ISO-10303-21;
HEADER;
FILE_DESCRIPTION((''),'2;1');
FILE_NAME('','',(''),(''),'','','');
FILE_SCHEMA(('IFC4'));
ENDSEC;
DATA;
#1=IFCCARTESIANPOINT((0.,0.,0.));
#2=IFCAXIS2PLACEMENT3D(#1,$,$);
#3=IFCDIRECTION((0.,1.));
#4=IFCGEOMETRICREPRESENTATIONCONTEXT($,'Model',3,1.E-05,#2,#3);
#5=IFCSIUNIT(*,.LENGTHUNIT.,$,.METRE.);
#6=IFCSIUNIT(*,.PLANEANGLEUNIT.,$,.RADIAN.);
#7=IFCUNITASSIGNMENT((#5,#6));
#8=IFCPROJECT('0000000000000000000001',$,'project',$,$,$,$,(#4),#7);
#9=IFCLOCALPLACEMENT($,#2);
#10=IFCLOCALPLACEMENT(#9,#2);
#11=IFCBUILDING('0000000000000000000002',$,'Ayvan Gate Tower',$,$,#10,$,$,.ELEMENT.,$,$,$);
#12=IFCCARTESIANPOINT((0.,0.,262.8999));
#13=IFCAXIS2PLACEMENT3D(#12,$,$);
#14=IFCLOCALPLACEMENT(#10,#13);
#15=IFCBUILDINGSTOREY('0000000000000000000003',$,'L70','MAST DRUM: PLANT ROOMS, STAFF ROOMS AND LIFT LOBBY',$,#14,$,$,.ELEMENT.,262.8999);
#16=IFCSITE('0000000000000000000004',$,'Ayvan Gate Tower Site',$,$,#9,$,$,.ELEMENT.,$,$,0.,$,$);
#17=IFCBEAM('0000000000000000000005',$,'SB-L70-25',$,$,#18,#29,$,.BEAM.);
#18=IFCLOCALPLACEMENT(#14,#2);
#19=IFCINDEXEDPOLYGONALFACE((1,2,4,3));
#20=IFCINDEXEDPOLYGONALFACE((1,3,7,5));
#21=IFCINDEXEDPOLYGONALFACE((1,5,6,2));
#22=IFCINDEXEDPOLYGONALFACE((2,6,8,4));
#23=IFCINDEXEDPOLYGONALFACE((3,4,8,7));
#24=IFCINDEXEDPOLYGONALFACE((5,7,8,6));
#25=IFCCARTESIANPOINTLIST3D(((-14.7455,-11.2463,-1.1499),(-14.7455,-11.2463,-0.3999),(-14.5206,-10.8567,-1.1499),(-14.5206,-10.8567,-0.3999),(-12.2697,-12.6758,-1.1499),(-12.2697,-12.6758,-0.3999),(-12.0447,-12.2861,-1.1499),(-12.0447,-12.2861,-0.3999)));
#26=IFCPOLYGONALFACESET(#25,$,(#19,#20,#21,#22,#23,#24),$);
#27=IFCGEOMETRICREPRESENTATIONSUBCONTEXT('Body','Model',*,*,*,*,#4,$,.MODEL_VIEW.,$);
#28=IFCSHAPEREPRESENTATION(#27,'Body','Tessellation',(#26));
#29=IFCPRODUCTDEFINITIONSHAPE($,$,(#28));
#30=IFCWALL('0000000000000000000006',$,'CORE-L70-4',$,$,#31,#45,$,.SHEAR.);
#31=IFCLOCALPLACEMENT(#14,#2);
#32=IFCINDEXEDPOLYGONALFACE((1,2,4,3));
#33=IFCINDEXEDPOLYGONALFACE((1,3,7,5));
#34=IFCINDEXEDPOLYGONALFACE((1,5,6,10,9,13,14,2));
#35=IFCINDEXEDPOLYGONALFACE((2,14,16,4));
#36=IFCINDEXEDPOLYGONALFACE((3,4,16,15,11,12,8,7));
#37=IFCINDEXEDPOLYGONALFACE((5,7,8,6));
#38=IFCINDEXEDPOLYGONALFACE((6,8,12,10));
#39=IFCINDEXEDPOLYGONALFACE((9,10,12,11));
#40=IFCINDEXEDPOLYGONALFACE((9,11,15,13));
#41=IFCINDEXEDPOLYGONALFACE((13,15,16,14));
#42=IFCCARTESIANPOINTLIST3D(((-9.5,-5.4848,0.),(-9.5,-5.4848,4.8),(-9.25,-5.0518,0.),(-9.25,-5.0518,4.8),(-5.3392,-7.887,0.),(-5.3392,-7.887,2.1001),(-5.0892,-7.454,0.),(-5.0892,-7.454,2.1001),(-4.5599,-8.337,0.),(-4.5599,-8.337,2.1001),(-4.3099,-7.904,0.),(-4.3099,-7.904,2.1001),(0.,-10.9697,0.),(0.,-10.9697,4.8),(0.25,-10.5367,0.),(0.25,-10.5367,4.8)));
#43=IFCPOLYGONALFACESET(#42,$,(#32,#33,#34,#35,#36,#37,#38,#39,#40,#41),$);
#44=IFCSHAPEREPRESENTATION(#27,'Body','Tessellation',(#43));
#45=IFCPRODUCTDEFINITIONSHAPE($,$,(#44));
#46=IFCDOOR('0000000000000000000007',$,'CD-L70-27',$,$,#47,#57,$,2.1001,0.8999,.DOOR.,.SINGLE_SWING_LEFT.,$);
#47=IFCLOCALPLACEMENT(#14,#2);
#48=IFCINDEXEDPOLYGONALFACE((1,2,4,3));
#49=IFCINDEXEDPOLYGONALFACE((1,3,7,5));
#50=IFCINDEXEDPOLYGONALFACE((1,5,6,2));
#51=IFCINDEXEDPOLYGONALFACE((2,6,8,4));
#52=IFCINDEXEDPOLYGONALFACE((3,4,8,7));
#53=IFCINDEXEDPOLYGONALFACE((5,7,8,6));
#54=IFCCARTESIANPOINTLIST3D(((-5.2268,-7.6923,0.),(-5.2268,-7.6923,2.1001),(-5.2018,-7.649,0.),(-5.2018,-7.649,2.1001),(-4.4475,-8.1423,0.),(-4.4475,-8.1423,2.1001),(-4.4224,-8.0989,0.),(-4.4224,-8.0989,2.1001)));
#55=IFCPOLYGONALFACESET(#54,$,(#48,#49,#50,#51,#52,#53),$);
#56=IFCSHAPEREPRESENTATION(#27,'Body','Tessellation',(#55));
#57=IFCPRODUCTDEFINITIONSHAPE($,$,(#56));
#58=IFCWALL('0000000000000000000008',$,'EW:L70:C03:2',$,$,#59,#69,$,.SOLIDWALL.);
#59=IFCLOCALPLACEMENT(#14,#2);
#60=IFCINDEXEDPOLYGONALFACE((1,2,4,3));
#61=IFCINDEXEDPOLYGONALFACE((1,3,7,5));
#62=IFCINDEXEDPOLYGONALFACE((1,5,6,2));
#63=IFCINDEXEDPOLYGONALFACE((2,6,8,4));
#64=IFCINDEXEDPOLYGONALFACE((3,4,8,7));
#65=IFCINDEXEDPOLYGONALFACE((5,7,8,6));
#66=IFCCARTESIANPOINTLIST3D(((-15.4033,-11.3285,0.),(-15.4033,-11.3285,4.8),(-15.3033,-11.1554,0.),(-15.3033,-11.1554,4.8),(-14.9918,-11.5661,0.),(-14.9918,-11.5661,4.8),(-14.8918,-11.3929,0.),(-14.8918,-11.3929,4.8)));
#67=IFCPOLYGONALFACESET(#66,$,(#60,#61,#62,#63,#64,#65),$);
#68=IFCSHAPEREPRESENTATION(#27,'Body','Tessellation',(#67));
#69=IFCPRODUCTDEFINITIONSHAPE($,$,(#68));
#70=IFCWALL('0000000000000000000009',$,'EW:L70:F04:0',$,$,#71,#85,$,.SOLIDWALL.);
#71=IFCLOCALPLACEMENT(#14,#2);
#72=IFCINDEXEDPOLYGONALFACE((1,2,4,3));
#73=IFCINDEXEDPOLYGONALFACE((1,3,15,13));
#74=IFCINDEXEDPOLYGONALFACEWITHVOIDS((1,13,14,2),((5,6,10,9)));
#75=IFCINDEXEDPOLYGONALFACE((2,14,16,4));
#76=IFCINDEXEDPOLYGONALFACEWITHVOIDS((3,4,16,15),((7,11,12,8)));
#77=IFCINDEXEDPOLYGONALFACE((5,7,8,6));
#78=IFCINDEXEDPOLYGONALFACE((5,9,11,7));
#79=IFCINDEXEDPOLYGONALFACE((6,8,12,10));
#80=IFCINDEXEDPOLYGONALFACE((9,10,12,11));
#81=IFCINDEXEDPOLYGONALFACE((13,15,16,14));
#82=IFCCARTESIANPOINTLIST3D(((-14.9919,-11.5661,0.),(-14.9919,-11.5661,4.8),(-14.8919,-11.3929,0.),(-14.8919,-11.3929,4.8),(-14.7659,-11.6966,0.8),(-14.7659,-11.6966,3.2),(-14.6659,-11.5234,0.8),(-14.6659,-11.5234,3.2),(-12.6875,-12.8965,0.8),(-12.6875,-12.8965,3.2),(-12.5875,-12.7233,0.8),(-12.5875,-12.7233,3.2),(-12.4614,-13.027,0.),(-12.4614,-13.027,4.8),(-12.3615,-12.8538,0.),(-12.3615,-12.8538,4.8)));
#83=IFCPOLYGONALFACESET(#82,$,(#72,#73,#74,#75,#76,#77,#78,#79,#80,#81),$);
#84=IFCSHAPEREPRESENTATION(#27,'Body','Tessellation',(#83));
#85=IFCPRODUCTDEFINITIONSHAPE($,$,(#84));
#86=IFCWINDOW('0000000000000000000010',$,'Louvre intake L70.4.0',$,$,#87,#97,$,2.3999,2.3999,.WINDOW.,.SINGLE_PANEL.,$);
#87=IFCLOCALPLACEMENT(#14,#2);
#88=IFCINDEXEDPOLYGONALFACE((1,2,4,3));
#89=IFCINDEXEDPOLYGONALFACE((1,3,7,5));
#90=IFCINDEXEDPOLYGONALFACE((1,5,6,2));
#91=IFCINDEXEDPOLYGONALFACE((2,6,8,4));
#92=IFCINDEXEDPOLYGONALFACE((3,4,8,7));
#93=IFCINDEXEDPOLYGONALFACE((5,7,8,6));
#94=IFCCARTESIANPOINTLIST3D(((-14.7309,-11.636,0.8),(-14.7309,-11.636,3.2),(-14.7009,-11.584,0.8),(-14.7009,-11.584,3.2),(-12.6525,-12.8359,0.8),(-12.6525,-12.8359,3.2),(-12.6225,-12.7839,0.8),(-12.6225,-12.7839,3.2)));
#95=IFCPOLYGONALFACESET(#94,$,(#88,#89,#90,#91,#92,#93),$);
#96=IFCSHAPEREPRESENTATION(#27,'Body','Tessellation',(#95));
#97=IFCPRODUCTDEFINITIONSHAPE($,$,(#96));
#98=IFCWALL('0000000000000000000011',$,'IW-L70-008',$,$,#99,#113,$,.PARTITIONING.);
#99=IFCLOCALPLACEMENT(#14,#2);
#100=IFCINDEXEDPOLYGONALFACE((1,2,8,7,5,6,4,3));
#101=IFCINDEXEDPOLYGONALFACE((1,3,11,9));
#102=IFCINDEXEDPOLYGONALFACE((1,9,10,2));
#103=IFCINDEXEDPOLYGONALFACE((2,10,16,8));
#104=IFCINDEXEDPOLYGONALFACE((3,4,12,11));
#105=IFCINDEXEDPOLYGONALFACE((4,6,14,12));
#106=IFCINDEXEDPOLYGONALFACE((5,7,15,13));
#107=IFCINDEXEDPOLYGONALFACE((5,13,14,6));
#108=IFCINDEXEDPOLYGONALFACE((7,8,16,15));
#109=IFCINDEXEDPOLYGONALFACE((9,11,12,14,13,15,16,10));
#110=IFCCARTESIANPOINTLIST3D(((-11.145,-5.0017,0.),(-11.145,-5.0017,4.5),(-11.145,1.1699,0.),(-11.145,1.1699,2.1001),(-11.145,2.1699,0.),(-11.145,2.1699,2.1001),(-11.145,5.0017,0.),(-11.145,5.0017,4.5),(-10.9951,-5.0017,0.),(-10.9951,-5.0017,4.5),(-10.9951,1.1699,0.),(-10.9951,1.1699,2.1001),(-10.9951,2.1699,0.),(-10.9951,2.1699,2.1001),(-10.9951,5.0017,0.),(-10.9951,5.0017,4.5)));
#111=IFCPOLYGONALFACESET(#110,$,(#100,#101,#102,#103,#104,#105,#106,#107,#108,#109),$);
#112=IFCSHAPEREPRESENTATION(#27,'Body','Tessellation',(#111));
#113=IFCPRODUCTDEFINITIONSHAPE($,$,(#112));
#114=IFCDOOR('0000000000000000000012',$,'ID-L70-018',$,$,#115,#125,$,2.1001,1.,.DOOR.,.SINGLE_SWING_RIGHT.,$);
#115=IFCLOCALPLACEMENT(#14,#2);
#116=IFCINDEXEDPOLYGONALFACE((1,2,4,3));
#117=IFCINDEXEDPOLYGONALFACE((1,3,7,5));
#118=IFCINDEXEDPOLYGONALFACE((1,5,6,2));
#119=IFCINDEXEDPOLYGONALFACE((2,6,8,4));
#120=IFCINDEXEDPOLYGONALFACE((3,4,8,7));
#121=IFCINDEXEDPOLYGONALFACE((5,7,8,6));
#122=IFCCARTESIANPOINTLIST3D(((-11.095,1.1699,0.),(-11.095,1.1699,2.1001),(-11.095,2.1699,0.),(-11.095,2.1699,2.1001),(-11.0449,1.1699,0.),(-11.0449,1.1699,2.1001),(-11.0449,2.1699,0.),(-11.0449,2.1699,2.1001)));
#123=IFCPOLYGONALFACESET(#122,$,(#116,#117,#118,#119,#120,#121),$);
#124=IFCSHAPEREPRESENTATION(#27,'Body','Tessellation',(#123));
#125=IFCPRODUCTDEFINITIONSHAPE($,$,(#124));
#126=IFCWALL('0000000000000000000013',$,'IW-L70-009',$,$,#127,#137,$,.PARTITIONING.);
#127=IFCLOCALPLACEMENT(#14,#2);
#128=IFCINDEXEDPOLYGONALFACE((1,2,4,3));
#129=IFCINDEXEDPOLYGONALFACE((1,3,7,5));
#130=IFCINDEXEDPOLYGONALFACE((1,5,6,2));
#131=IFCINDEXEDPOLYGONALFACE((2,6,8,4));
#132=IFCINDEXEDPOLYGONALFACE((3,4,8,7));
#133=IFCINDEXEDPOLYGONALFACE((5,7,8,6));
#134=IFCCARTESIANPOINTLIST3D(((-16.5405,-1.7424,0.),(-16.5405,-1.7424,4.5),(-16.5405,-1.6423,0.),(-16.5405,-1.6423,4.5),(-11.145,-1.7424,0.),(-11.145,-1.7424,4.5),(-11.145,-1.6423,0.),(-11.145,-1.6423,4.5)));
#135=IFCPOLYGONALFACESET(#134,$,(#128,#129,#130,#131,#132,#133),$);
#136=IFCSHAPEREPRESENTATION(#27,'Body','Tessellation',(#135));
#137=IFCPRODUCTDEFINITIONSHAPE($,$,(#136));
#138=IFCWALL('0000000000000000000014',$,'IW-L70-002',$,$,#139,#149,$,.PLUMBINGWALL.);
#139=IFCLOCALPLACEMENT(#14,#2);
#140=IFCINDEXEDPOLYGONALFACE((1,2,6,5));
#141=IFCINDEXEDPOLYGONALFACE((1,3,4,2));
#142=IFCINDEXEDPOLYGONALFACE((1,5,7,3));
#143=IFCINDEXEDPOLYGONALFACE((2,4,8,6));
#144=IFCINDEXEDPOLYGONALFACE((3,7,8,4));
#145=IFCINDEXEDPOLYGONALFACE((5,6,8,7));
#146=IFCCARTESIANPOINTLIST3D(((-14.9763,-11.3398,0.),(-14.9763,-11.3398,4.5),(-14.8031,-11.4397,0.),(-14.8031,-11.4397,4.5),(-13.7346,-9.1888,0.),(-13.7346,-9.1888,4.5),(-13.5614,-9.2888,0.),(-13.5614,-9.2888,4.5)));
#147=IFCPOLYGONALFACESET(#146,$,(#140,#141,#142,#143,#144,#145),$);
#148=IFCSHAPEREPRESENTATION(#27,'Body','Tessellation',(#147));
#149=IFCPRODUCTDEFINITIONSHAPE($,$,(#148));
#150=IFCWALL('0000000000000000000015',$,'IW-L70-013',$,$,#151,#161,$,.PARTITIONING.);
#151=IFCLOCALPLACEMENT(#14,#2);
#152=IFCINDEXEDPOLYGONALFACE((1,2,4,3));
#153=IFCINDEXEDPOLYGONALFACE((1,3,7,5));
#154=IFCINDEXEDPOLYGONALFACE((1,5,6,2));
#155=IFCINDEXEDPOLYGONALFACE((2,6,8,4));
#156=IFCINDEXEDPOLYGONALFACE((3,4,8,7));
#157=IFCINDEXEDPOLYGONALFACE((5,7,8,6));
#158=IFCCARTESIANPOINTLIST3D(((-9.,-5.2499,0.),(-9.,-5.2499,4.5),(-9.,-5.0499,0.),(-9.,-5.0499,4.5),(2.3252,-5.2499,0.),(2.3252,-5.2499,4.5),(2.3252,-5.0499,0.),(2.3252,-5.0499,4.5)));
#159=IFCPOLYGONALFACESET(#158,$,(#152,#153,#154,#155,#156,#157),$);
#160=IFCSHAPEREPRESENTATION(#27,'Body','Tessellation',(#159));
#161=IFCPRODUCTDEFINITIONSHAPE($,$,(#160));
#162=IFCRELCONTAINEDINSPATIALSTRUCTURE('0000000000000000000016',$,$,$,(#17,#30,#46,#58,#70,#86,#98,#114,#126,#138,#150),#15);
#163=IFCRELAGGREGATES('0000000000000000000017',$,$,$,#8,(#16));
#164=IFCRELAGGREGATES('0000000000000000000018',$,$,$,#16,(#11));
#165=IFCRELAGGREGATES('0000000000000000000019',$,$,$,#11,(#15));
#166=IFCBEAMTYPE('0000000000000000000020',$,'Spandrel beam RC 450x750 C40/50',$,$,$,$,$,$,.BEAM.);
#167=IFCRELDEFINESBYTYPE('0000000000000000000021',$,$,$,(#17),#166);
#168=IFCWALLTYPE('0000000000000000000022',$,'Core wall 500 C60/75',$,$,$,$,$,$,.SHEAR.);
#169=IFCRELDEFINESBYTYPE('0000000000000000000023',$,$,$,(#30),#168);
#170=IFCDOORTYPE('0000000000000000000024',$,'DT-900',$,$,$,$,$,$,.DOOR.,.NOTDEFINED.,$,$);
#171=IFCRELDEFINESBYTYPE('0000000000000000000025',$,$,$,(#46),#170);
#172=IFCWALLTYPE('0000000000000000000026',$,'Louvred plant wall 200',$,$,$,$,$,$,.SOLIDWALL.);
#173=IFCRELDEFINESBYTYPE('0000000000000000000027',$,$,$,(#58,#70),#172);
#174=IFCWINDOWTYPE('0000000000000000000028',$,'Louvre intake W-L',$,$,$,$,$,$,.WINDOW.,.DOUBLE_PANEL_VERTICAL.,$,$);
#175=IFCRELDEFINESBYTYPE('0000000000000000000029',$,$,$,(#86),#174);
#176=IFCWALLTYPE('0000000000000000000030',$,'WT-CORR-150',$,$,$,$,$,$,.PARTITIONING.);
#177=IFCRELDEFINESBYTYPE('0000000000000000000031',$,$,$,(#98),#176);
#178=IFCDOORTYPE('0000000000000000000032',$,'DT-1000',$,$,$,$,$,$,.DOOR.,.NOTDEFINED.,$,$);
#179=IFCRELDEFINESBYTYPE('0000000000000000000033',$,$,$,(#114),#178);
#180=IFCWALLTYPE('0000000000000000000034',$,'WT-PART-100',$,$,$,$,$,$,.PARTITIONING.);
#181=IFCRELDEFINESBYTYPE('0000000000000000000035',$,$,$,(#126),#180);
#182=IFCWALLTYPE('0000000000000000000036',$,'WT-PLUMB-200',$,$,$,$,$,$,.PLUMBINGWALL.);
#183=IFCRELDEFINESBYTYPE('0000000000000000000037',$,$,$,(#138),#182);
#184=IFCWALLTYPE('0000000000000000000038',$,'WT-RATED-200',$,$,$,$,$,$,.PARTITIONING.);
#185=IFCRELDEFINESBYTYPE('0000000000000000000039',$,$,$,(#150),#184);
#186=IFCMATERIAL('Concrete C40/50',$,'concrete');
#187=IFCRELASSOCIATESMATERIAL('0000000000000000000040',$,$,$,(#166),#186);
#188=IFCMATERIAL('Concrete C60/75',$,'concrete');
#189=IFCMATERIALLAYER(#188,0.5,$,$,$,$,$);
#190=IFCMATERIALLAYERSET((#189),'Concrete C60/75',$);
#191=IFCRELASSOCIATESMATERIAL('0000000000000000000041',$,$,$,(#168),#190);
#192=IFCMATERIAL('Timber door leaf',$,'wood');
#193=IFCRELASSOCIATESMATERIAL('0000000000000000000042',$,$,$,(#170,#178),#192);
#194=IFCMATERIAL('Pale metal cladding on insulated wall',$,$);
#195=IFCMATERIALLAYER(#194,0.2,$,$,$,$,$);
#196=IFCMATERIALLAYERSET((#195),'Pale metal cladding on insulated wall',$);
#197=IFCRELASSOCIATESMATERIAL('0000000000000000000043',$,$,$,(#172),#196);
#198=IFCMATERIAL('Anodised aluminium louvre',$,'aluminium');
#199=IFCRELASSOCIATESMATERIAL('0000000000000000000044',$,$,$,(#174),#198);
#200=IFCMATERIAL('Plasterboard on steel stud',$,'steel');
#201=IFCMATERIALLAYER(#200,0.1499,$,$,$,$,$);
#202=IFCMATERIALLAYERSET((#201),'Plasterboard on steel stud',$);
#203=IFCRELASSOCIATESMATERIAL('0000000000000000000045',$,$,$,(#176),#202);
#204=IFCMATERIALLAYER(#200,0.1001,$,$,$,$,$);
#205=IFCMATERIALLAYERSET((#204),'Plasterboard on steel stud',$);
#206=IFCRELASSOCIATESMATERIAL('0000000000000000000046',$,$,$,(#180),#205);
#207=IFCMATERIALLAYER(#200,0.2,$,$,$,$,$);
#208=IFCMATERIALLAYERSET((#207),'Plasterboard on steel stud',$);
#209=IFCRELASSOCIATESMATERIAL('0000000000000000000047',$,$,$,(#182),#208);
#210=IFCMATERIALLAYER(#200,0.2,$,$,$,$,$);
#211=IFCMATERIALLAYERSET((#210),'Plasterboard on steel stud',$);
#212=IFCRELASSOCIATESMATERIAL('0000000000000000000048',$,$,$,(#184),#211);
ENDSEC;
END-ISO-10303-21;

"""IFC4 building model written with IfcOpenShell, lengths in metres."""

from ifc_helpers import new_model, si_unit, direction, frame, frame_2d, origin, origin_2d, place, context, subcontext, project, spatial, rectangle, extrude, material, layer, layer_set, material_profile, profile_set, type_object, element, fill, save


model = new_model("IFC4")

# Units and contexts
model_context = context("Model", 3, precision=1e-05, world=origin(), true_north=direction((0.0, 1.0)))
body_context = subcontext(model_context, "Body", "Model", "MODEL_VIEW")
ifc_project = project(units=[si_unit("LENGTHUNIT", "METRE"), si_unit("PLANEANGLEUNIT", "RADIAN")], contexts=[model_context])

# Site, building, storey
site_placement = place(None, origin())
site = spatial("IfcSite", under=ifc_project, at=site_placement, Name="Ayvan Gate Tower Site", CompositionType="ELEMENT", RefElevation=0.0)
building_placement = place(site_placement, origin())
building = spatial("IfcBuilding", under=site, at=building_placement, Name="Ayvan Gate Tower", CompositionType="ELEMENT")
storey_placement = place(building_placement, frame((0.0, 0.0, 262.8999)))
storey = spatial("IfcBuildingStorey", under=building, at=storey_placement, Name="L70", Description="MAST DRUM: PLANT ROOMS, STAFF ROOMS AND LIFT LOBBY", CompositionType="ELEMENT", Elevation=262.8999)

# Beam
ifc_material_1 = material(Name="Concrete C40/50", Category="concrete")
ifc_material_profile = material_profile(ifc_material_1, rectangle(XDim=0.45, YDim=0.75, at=origin_2d()), Name="RC 450x750")
ifc_profile_set = profile_set([ifc_material_profile], Name="Concrete C40/50")
beam_type = type_object("IfcBeamType", Name="Spandrel beam RC 450x750 C40/50", PredefinedType="BEAM", material=ifc_profile_set)
beam_placement = place(storey_placement, frame((-14.6331, -11.0515, -0.7749), z_axis=(0.866022, -0.500006, 0.0), x_axis=(0.500006, 0.866022, 0.0)))
element("IfcBeam", 1, at=beam_placement, inside=storey, type_object=beam_type, Name="SB-L70-25", PredefinedType="BEAM", context=body_context, shape_type="SweptSolid", body=[
    extrude(rectangle(XDim=0.45, YDim=0.75, at=origin_2d()), origin(), (0.0, 0.0, 1.0), 2.8589),
])

# Wall, opening, door
ifc_material_2 = material(Name="Concrete C60/75", Category="concrete")
ifc_layer_1 = layer(ifc_material_2, 0.5)
ifc_layer_set_1 = layer_set([ifc_layer_1], Name="Concrete C60/75")
wall_type_1 = type_object("IfcWallType", Name="Core wall 500 C60/75", PredefinedType="SHEAR", material=ifc_layer_set_1)
wall_1_placement = place(storey_placement, frame((-9.375, -5.2683, 0.0), z_axis=(0.0, 0.0, 1.0), x_axis=(0.866024, -0.500002, 0.0)))
wall_1 = element("IfcWall", 2, at=wall_1_placement, inside=storey, type_object=wall_type_1, Name="CORE-L70-4", PredefinedType="SHEAR", context=body_context, shape_type="SweptSolid", body=[
    extrude(rectangle(XDim=10.9697, YDim=0.5, at=frame_2d((5.4849, 0.0))), origin(), (0.0, 0.0, 1.0), 4.8),
])
opening_1_placement = place(wall_1_placement, frame((4.8044, 0.0, 0.0)))
opening_1 = element("IfcOpeningElement", 3, at=opening_1_placement, cuts=wall_1, PredefinedType="OPENING", context=body_context, shape_type="SweptSolid", body=[
    extrude(rectangle(XDim=0.8999, YDim=2.1001, at=frame_2d((0.45, 1.05))), frame((0.0, 0.26, 0.0), z_axis=(0.0, -1.0, 0.0), x_axis=(1.0, 0.0, 0.0)), (0.0, 0.0, 1.0), 0.52),
])
ifc_material_3 = material(Name="Timber door leaf", Category="wood")
door_type_1 = type_object("IfcDoorType", Name="DT-900", OperationType="NOTDEFINED", PredefinedType="DOOR", material=ifc_material_3)
door_1_placement = place(opening_1_placement, origin())
door_1 = element("IfcDoor", 4, at=door_1_placement, inside=storey, type_object=door_type_1, Name="CD-L70-27", OperationType="SINGLE_SWING_LEFT", OverallHeight=2.1001, OverallWidth=0.8999, PredefinedType="DOOR", context=body_context, shape_type="SweptSolid", body=[
    extrude(rectangle(XDim=0.8999, YDim=2.1001, at=frame_2d((0.45, 1.05))), frame((0.0, 0.0249, 0.0), z_axis=(0.0, -1.0, 0.0), x_axis=(1.0, 0.0, 0.0)), (0.0, 0.0, 1.0), 0.05),
])
fill(opening_1, door_1)

# Wall
ifc_material_4 = material(Name="Pale metal cladding on insulated wall")
ifc_layer_2 = layer(ifc_material_4, 0.2)
ifc_layer_set_2 = layer_set([ifc_layer_2], Name="Pale metal cladding on insulated wall")
wall_type_2 = type_object("IfcWallType", Name="Louvred plant wall 200", PredefinedType="SOLIDWALL", material=ifc_layer_set_2)
wall_2_placement = place(storey_placement, frame((-15.3533, -11.2419, 0.0), z_axis=(0.0, 0.0, 1.0), x_axis=(0.865989, -0.500064, 0.0)))
element("IfcWall", 5, at=wall_2_placement, inside=storey, type_object=wall_type_2, Name="EW:L70:C03:2", PredefinedType="SOLIDWALL", context=body_context, shape_type="SweptSolid", body=[
    extrude(rectangle(XDim=0.4751, YDim=0.2, at=frame_2d((0.2375, 0.0))), origin(), (0.0, 0.0, 1.0), 4.8),
])

# Wall, opening, window
wall_3_placement = place(storey_placement, frame((-14.9419, -11.4795, 0.0), z_axis=(0.0, 0.0, 1.0), x_axis=(0.866034, -0.499985, 0.0)))
wall_3 = element("IfcWall", 6, at=wall_3_placement, inside=storey, type_object=wall_type_2, Name="EW:L70:F04:0", PredefinedType="SOLIDWALL", context=body_context, shape_type="SweptSolid", body=[
    extrude(rectangle(XDim=2.9219, YDim=0.2, at=frame_2d((1.4609, 0.0))), origin(), (0.0, 0.0, 1.0), 4.8),
])
opening_2_placement = place(wall_3_placement, frame((0.261, 0.0, 0.8)))
opening_2 = element("IfcOpeningElement", 7, at=opening_2_placement, cuts=wall_3, PredefinedType="OPENING", context=body_context, shape_type="SweptSolid", body=[
    extrude(rectangle(XDim=2.3999, YDim=2.3999, at=frame_2d((1.2, 1.2))), frame((0.0, 0.1099, 0.0), z_axis=(0.0, -1.0, 0.0), x_axis=(1.0, 0.0, 0.0)), (0.0, 0.0, 1.0), 0.22),
])
ifc_material_5 = material(Name="Anodised aluminium louvre", Category="aluminium")
window_type = type_object("IfcWindowType", Name="Louvre intake W-L", PartitioningType="DOUBLE_PANEL_VERTICAL", PredefinedType="WINDOW", material=ifc_material_5)
window_placement = place(opening_2_placement, origin())
window = element("IfcWindow", 8, at=window_placement, inside=storey, type_object=window_type, Name="Louvre intake L70.4.0", OverallHeight=2.3999, OverallWidth=2.3999, PartitioningType="SINGLE_PANEL", PredefinedType="WINDOW", context=body_context, shape_type="SweptSolid", body=[
    extrude(rectangle(XDim=2.3999, YDim=2.3999, at=frame_2d((1.2, 1.2))), frame((0.0, 0.03, 0.0), z_axis=(0.0, -1.0, 0.0), x_axis=(1.0, 0.0, 0.0)), (0.0, 0.0, 1.0), 0.0601),
])
fill(opening_2, window)

# Wall, opening, door
ifc_material_6 = material(Name="Plasterboard on steel stud", Category="steel")
ifc_layer_3 = layer(ifc_material_6, 0.1499)
ifc_layer_set_3 = layer_set([ifc_layer_3], Name="Plasterboard on steel stud")
wall_type_3 = type_object("IfcWallType", Name="WT-CORR-150", PredefinedType="PARTITIONING", material=ifc_layer_set_3)
wall_4_placement = place(storey_placement, frame((-11.0701, -5.0017, 0.0), z_axis=(0.0, 0.0, 1.0), x_axis=(0.0, 1.0, 0.0)))
wall_4 = element("IfcWall", 9, at=wall_4_placement, inside=storey, type_object=wall_type_3, Name="IW-L70-008", PredefinedType="PARTITIONING", context=body_context, shape_type="SweptSolid", body=[
    extrude(rectangle(XDim=10.0034, YDim=0.1499, at=frame_2d((5.0017, 0.0))), origin(), (0.0, 0.0, 1.0), 4.5),
])
opening_3_placement = place(wall_4_placement, frame((6.1716, 0.0, 0.0)))
opening_3 = element("IfcOpeningElement", 10, at=opening_3_placement, cuts=wall_4, PredefinedType="OPENING", context=body_context, shape_type="SweptSolid", body=[
    extrude(rectangle(XDim=1.0, YDim=2.1001, at=frame_2d((0.5, 1.05))), frame((0.0, 0.085, 0.0), z_axis=(0.0, -1.0, 0.0), x_axis=(1.0, 0.0, 0.0)), (0.0, 0.0, 1.0), 0.1699),
])
door_type_2 = type_object("IfcDoorType", Name="DT-1000", OperationType="NOTDEFINED", PredefinedType="DOOR", material=ifc_material_3)
door_2_placement = place(opening_3_placement, origin())
door_2 = element("IfcDoor", 11, at=door_2_placement, inside=storey, type_object=door_type_2, Name="ID-L70-018", OperationType="SINGLE_SWING_RIGHT", OverallHeight=2.1001, OverallWidth=1.0, PredefinedType="DOOR", context=body_context, shape_type="SweptSolid", body=[
    extrude(rectangle(XDim=1.0, YDim=2.1001, at=frame_2d((0.5, 1.05))), frame((0.0, 0.0249, 0.0), z_axis=(0.0, -1.0, 0.0), x_axis=(1.0, 0.0, 0.0)), (0.0, 0.0, 1.0), 0.05),
])
fill(opening_3, door_2)

# Walls
ifc_layer_4 = layer(ifc_material_6, 0.1001)
ifc_layer_set_4 = layer_set([ifc_layer_4], Name="Plasterboard on steel stud")
wall_type_4 = type_object("IfcWallType", Name="WT-PART-100", PredefinedType="PARTITIONING", material=ifc_layer_set_4)
wall_5_placement = place(storey_placement, frame((-11.145, -1.6924, 0.0), z_axis=(0.0, 0.0, 1.0), x_axis=(-1.0, 0.0, 0.0)))
element("IfcWall", 12, at=wall_5_placement, inside=storey, type_object=wall_type_4, Name="IW-L70-009", PredefinedType="PARTITIONING", context=body_context, shape_type="SweptSolid", body=[
    extrude(rectangle(XDim=5.3955, YDim=0.1001, at=frame_2d((2.6978, 0.0))), origin(), (0.0, 0.0, 1.0), 4.5),
])
ifc_layer_5 = layer(ifc_material_6, 0.2)
ifc_layer_set_5 = layer_set([ifc_layer_5], Name="Plasterboard on steel stud")
wall_type_5 = type_object("IfcWallType", Name="WT-PLUMB-200", PredefinedType="PLUMBINGWALL", material=ifc_layer_set_5)
wall_6_placement = place(storey_placement, frame((-14.8896, -11.3896, 0.0), z_axis=(0.0, 0.0, 1.0), x_axis=(0.499966, 0.866045, 0.0)))
element("IfcWall", 13, at=wall_6_placement, inside=storey, type_object=wall_type_5, Name="IW-L70-002", PredefinedType="PLUMBINGWALL", context=body_context, shape_type="SweptSolid", body=[
    extrude(rectangle(XDim=2.4836, YDim=0.2, at=frame_2d((1.2417, 0.0))), origin(), (0.0, 0.0, 1.0), 4.5),
])
ifc_layer_6 = layer(ifc_material_6, 0.2)
ifc_layer_set_6 = layer_set([ifc_layer_6], Name="Plasterboard on steel stud")
wall_type_6 = type_object("IfcWallType", Name="WT-RATED-200", PredefinedType="PARTITIONING", material=ifc_layer_set_6)
wall_7_placement = place(storey_placement, frame((-9.0, -5.1499, 0.0), z_axis=(0.0, 0.0, 1.0), x_axis=(1.0, 0.0, 0.0)))
element("IfcWall", 14, at=wall_7_placement, inside=storey, type_object=wall_type_6, Name="IW-L70-013", PredefinedType="PARTITIONING", context=body_context, shape_type="SweptSolid", body=[
    extrude(rectangle(XDim=11.3252, YDim=0.2, at=frame_2d((5.6626, 0.0))), origin(), (0.0, 0.0, 1.0), 4.5),
])

save(model, "model.ifc")
